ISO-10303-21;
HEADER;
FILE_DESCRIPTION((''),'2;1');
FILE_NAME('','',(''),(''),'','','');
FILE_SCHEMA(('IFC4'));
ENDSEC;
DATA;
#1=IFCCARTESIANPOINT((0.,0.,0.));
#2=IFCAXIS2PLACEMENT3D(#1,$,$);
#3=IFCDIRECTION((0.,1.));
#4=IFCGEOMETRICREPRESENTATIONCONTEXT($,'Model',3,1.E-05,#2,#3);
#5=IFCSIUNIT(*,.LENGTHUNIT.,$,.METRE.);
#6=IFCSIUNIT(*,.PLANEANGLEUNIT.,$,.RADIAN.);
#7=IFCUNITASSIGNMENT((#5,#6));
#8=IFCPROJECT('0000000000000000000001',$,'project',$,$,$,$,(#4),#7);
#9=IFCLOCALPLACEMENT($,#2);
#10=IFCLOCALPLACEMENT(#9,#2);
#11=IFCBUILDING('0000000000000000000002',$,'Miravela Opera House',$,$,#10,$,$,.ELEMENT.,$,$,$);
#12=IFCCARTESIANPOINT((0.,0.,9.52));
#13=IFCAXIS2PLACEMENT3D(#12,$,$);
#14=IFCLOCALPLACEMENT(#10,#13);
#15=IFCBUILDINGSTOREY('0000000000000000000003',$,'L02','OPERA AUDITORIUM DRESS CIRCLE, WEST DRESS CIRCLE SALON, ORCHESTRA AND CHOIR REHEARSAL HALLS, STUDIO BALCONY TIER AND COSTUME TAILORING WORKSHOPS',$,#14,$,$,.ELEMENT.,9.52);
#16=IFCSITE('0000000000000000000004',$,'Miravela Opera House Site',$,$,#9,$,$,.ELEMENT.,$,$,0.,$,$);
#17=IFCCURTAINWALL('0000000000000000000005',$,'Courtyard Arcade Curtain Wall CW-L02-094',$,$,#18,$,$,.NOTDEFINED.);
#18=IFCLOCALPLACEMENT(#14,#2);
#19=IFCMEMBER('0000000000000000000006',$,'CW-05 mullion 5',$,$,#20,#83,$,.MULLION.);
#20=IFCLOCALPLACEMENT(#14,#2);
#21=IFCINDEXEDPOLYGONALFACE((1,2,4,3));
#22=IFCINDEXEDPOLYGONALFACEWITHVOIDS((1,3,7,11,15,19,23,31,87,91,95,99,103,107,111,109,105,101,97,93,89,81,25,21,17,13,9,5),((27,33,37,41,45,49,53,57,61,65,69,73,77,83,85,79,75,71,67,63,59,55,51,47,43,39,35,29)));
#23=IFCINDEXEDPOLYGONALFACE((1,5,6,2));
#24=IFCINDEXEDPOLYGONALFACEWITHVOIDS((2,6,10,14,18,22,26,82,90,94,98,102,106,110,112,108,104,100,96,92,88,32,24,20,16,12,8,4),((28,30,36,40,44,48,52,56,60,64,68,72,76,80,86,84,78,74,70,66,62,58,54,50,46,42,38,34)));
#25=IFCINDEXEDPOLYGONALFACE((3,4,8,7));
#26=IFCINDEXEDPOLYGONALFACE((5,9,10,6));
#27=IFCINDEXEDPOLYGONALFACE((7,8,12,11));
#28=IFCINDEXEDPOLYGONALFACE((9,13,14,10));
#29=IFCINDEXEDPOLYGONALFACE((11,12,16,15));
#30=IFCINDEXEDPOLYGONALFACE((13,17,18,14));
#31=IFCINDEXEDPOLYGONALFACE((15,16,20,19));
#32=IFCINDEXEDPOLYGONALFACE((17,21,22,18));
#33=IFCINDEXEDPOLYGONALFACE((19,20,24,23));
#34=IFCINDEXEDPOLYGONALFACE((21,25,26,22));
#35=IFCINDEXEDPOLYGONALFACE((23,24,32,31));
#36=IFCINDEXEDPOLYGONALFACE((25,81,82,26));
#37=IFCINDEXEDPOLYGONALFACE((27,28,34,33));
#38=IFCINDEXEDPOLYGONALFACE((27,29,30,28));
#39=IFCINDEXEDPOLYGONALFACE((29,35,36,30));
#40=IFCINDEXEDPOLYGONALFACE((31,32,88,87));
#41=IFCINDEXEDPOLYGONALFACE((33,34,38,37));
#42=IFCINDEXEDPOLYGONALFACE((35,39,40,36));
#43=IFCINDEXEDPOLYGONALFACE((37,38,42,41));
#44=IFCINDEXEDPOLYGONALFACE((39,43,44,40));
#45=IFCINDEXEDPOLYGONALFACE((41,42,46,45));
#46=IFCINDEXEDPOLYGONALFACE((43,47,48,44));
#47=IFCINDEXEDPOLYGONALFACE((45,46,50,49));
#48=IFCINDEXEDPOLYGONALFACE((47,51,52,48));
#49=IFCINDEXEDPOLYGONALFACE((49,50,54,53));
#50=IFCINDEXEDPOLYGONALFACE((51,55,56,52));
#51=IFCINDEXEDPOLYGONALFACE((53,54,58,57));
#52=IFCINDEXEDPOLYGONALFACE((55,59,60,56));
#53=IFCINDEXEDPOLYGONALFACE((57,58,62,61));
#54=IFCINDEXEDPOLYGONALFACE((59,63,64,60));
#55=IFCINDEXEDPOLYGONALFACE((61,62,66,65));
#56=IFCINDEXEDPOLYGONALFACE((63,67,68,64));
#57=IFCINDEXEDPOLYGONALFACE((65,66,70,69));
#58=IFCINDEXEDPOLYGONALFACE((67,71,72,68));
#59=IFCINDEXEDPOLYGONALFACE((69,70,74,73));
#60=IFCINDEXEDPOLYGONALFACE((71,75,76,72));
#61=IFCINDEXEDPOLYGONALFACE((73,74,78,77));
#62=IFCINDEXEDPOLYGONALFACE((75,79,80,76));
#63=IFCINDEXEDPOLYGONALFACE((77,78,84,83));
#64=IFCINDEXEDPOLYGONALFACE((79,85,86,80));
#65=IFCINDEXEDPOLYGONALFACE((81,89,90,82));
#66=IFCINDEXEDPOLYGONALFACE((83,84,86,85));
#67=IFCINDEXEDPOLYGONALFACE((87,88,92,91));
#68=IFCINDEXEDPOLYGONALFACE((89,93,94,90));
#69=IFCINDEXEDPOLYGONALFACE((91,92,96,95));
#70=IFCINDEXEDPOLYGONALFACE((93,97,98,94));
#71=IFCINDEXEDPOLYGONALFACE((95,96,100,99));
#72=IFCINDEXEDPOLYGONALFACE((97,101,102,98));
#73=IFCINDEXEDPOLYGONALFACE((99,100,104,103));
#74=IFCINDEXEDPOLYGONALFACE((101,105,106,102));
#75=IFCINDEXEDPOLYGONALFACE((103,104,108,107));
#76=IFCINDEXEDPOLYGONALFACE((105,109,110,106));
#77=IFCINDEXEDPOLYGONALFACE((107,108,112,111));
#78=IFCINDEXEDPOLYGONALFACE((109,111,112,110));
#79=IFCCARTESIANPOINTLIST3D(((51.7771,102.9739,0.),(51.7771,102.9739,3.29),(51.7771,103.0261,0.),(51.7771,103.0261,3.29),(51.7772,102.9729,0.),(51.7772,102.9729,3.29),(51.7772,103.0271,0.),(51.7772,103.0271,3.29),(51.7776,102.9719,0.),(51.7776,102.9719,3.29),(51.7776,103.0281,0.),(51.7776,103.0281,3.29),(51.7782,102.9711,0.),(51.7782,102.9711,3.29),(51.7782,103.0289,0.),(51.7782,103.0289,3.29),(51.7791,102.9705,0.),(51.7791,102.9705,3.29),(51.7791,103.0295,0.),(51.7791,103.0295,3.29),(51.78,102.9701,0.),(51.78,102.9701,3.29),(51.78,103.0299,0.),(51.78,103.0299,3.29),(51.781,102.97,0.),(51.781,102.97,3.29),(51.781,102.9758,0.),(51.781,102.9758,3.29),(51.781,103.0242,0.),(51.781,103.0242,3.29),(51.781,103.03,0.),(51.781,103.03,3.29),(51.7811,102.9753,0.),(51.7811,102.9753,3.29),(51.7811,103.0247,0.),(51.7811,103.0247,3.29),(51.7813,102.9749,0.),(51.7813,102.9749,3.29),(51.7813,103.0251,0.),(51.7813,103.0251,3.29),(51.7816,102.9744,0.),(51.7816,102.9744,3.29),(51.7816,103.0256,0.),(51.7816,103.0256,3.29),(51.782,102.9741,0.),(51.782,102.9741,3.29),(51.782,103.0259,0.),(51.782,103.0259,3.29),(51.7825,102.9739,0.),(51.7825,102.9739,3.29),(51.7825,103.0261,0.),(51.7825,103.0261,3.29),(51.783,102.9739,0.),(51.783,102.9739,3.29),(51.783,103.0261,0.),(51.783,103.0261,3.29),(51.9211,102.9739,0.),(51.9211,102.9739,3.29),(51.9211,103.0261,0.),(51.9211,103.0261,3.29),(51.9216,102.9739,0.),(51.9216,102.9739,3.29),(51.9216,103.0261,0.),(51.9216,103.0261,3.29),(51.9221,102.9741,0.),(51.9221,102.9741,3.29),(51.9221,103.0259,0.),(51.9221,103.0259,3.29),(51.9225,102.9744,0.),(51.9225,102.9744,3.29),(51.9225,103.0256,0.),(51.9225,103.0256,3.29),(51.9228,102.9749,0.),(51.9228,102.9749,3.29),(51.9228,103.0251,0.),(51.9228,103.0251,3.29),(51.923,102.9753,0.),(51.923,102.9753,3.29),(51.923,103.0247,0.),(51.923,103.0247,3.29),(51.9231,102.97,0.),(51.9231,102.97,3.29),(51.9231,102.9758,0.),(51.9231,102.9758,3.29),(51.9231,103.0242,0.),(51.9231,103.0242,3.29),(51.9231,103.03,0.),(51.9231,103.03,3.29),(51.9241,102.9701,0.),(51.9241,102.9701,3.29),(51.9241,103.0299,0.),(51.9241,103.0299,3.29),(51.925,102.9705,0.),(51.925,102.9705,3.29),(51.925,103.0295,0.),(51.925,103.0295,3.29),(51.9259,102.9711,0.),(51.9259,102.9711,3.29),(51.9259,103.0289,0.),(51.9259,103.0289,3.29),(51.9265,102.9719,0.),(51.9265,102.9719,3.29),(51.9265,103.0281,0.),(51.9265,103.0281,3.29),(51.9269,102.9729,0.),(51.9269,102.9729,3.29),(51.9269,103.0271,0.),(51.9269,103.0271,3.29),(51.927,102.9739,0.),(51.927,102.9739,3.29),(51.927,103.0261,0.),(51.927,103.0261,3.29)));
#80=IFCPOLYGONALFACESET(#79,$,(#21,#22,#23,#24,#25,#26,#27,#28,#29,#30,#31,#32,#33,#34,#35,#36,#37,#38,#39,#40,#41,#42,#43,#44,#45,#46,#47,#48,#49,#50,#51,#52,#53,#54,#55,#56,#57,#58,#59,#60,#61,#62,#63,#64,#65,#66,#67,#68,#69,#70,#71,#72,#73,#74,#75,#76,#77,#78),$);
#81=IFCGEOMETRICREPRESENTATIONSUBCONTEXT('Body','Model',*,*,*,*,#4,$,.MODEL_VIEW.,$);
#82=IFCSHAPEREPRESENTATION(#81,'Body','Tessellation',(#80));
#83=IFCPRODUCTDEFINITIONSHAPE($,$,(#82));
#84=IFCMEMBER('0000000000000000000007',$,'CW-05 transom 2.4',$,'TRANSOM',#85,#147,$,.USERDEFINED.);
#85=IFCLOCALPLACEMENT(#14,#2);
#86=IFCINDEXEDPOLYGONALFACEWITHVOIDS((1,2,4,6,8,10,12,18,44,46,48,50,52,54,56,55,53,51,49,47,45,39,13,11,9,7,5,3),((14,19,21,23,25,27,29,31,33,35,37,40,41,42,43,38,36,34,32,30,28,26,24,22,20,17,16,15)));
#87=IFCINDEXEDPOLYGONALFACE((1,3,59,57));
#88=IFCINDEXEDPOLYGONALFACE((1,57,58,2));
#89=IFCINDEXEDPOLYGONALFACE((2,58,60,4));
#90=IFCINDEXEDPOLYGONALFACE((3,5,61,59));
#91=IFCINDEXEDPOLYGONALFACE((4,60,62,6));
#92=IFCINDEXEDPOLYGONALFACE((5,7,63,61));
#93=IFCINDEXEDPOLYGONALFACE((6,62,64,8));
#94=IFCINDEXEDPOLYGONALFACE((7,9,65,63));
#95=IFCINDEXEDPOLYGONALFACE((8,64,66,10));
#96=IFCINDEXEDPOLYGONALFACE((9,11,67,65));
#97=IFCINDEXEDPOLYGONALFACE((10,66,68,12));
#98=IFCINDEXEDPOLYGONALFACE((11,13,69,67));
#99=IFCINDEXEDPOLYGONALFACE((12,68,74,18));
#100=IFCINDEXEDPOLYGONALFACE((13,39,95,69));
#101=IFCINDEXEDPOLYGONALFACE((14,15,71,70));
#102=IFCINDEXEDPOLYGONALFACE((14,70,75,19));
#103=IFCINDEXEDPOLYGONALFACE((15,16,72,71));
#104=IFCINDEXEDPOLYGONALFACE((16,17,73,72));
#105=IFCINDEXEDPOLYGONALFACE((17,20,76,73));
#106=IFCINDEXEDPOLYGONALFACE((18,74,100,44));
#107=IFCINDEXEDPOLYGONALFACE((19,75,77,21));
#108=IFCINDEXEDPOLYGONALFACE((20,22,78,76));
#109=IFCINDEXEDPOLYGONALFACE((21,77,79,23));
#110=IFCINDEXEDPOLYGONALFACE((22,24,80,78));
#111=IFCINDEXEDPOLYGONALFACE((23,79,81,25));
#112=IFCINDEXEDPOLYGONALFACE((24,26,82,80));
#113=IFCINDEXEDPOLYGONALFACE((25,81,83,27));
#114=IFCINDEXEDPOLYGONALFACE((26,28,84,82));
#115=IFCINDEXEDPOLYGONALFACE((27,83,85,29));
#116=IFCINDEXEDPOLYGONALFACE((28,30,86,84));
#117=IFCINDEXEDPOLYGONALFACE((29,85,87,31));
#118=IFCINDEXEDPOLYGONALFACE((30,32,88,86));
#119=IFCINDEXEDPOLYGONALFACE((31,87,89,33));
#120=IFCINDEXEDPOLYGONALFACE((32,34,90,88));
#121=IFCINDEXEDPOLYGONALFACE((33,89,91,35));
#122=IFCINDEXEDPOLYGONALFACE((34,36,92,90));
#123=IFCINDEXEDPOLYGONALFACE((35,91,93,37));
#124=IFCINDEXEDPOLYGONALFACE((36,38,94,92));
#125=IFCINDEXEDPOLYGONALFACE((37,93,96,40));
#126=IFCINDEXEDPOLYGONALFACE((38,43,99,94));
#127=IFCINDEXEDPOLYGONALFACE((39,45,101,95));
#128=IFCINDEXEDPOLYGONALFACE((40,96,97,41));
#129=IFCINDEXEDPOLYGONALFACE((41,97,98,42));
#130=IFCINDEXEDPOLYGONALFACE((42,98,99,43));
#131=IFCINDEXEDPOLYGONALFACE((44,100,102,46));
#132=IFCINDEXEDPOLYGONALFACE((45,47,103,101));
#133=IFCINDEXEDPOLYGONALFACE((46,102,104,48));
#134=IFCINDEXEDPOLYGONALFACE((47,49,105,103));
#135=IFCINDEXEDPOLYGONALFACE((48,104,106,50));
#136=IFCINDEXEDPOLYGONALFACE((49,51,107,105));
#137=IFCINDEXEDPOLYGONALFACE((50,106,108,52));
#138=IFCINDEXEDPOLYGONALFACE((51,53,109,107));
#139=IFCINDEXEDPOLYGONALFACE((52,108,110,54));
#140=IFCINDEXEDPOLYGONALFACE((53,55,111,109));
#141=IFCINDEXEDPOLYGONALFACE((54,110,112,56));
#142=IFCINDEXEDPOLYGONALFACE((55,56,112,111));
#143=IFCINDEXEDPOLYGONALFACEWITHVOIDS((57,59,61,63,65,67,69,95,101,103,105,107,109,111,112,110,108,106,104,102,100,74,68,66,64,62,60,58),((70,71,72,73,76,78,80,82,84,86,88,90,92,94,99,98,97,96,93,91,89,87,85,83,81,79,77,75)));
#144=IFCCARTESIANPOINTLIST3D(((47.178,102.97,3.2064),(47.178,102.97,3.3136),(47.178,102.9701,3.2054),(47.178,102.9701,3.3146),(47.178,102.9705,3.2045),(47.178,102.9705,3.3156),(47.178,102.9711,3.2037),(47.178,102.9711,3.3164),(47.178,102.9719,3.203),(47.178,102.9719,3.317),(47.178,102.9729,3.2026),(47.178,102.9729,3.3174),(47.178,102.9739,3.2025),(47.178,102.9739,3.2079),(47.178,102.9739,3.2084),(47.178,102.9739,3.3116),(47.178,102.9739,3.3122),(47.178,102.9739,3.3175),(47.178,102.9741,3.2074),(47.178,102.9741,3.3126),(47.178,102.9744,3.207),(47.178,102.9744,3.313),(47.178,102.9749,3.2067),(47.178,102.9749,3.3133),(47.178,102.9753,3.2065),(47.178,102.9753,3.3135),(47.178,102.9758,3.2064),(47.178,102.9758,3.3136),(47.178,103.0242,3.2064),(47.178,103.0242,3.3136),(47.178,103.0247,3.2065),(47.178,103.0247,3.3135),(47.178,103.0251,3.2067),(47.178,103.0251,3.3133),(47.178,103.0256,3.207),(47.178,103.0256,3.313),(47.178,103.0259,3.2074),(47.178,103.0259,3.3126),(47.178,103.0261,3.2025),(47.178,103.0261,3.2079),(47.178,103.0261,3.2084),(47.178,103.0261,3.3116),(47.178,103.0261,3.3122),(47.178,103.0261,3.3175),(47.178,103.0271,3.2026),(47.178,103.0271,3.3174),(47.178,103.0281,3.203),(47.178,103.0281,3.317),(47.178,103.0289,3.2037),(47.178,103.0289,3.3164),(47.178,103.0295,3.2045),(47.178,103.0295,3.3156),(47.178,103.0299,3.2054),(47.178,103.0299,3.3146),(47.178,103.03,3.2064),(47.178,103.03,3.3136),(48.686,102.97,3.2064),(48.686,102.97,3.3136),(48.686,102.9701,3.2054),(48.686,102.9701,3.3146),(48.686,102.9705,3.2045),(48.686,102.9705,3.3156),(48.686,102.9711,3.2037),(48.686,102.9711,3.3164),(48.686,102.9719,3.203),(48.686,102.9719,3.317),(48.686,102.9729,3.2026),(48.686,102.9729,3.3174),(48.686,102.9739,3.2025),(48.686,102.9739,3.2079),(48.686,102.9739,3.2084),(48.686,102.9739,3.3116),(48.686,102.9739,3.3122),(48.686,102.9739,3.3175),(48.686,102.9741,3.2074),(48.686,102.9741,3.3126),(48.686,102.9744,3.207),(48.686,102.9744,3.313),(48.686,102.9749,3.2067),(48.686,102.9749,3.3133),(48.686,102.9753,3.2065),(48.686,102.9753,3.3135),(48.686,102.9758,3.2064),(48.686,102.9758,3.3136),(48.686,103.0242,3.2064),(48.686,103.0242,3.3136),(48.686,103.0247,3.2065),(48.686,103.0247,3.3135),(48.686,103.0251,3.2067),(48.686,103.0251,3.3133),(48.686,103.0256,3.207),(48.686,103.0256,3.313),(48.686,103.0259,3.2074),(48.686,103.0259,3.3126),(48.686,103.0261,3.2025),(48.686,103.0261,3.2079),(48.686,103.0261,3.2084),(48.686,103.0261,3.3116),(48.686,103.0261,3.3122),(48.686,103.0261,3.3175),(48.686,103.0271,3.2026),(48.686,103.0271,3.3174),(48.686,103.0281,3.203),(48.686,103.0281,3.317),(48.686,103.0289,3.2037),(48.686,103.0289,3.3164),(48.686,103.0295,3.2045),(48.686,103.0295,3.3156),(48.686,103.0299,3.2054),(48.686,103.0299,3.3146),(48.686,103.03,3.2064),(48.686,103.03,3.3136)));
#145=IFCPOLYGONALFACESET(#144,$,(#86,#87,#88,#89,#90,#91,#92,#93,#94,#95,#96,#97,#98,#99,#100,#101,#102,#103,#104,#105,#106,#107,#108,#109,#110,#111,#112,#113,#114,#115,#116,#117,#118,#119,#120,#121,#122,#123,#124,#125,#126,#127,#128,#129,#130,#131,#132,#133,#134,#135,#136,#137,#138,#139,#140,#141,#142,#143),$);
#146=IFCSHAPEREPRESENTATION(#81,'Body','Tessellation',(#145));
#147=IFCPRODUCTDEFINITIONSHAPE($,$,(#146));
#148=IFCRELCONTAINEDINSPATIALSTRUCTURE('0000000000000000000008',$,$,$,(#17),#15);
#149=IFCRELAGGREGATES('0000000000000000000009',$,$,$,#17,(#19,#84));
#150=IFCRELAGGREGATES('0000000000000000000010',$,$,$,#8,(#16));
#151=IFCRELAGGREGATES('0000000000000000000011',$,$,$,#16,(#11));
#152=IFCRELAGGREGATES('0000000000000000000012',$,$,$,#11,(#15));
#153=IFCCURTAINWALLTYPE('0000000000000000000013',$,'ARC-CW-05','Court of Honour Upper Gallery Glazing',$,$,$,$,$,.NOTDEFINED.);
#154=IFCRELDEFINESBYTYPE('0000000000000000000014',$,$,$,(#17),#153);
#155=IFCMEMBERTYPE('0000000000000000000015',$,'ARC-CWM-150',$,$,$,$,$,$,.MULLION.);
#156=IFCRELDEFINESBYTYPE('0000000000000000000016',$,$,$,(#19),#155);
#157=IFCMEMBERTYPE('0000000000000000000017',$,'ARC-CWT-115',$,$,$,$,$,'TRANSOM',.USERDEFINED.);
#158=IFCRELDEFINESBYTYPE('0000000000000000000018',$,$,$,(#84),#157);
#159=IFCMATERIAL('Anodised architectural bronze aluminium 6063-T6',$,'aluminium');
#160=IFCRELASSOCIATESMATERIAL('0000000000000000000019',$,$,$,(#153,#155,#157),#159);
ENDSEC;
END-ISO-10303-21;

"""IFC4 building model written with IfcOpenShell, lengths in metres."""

from ifc_helpers import new_model, si_unit, direction, frame, origin, origin_2d, place, context, subcontext, project, spatial, hollow_rectangle, extrude, material, material_profile, profile_set, type_object, element, aggregate, save


model = new_model("IFC4")

# Units and contexts
model_context = context("Model", 3, precision=1e-05, world=origin(), true_north=direction((0.0, 1.0)))
body_context = subcontext(model_context, "Body", "Model", "MODEL_VIEW")
ifc_project = project(units=[si_unit("LENGTHUNIT", "METRE"), si_unit("PLANEANGLEUNIT", "RADIAN")], contexts=[model_context])

# Site, building, storey
site_placement = place(None, origin())
site = spatial("IfcSite", under=ifc_project, at=site_placement, Name="Miravela Opera House Site", CompositionType="ELEMENT", RefElevation=0.0)
building_placement = place(site_placement, origin())
building = spatial("IfcBuilding", under=site, at=building_placement, Name="Miravela Opera House", CompositionType="ELEMENT")
storey_placement = place(building_placement, frame((0.0, 0.0, 9.52)))
storey = spatial("IfcBuildingStorey", under=building, at=storey_placement, Name="L02", Description="OPERA AUDITORIUM DRESS CIRCLE, WEST DRESS CIRCLE SALON, ORCHESTRA AND CHOIR REHEARSAL HALLS, STUDIO BALCONY TIER AND COSTUME TAILORING WORKSHOPS", CompositionType="ELEMENT", Elevation=9.52)

# Curtain wall, members
ifc_material_1 = material(Name="Anodised architectural bronze aluminium 6063-T6", Category="aluminium")
curtain_wall_type = type_object("IfcCurtainWallType", Name="ARC-CW-05", Description="Court of Honour Upper Gallery Glazing", PredefinedType="NOTDEFINED", material=ifc_material_1)
curtain_wall_placement = place(storey_placement, origin())
curtain_wall = element("IfcCurtainWall", 1, at=curtain_wall_placement, inside=storey, type_object=curtain_wall_type, Name="Courtyard Arcade Curtain Wall CW-L02-094", PredefinedType="NOTDEFINED")
ifc_material_profile_1 = material_profile(ifc_material_1, hollow_rectangle(XDim=0.0601, YDim=0.1499, WallThickness=0.0039, InnerFilletRadius=0.002, OuterFilletRadius=0.0039, at=origin_2d()), Name="CWM-60X150")
ifc_profile_set_1 = profile_set([ifc_material_profile_1])
member_type_1 = type_object("IfcMemberType", Name="ARC-CWM-150", PredefinedType="MULLION", material=ifc_profile_set_1)
member_1_placement = place(storey_placement, frame((51.8521, 103.0, 0.0), z_axis=(0.0, 0.0, 1.0), x_axis=(0.0, 1.0, 0.0)))
member_1 = element("IfcMember", 2, at=member_1_placement, type_object=member_type_1, Name="CW-05 mullion 5", PredefinedType="MULLION", context=body_context, shape_type="SweptSolid", body=[
    extrude(hollow_rectangle(XDim=0.0601, YDim=0.1499, WallThickness=0.0039, InnerFilletRadius=0.002, OuterFilletRadius=0.0039, at=origin_2d()), origin(), (0.0, 0.0, 1.0), 3.29),
])
ifc_material_profile_2 = material_profile(ifc_material_1, hollow_rectangle(XDim=0.0601, YDim=0.115, WallThickness=0.0039, InnerFilletRadius=0.002, OuterFilletRadius=0.0039, at=origin_2d()), Name="CWT-60X115")
ifc_profile_set_2 = profile_set([ifc_material_profile_2])
member_type_2 = type_object("IfcMemberType", Name="ARC-CWT-115", ElementType="TRANSOM", PredefinedType="USERDEFINED", material=ifc_profile_set_2)
member_2_placement = place(storey_placement, frame((47.178, 103.0, 3.26), z_axis=(1.0, 0.0, 0.0), x_axis=(0.0, 1.0, 0.0)))
member_2 = element("IfcMember", 3, at=member_2_placement, type_object=member_type_2, Name="CW-05 transom 2.4", ObjectType="TRANSOM", PredefinedType="USERDEFINED", context=body_context, shape_type="SweptSolid", body=[
    extrude(hollow_rectangle(XDim=0.0601, YDim=0.115, WallThickness=0.0039, InnerFilletRadius=0.002, OuterFilletRadius=0.0039, at=origin_2d()), origin(), (0.0, 0.0, 1.0), 1.5081),
])
aggregate(curtain_wall, [member_1, member_2])

save(model, "model.ifc")
